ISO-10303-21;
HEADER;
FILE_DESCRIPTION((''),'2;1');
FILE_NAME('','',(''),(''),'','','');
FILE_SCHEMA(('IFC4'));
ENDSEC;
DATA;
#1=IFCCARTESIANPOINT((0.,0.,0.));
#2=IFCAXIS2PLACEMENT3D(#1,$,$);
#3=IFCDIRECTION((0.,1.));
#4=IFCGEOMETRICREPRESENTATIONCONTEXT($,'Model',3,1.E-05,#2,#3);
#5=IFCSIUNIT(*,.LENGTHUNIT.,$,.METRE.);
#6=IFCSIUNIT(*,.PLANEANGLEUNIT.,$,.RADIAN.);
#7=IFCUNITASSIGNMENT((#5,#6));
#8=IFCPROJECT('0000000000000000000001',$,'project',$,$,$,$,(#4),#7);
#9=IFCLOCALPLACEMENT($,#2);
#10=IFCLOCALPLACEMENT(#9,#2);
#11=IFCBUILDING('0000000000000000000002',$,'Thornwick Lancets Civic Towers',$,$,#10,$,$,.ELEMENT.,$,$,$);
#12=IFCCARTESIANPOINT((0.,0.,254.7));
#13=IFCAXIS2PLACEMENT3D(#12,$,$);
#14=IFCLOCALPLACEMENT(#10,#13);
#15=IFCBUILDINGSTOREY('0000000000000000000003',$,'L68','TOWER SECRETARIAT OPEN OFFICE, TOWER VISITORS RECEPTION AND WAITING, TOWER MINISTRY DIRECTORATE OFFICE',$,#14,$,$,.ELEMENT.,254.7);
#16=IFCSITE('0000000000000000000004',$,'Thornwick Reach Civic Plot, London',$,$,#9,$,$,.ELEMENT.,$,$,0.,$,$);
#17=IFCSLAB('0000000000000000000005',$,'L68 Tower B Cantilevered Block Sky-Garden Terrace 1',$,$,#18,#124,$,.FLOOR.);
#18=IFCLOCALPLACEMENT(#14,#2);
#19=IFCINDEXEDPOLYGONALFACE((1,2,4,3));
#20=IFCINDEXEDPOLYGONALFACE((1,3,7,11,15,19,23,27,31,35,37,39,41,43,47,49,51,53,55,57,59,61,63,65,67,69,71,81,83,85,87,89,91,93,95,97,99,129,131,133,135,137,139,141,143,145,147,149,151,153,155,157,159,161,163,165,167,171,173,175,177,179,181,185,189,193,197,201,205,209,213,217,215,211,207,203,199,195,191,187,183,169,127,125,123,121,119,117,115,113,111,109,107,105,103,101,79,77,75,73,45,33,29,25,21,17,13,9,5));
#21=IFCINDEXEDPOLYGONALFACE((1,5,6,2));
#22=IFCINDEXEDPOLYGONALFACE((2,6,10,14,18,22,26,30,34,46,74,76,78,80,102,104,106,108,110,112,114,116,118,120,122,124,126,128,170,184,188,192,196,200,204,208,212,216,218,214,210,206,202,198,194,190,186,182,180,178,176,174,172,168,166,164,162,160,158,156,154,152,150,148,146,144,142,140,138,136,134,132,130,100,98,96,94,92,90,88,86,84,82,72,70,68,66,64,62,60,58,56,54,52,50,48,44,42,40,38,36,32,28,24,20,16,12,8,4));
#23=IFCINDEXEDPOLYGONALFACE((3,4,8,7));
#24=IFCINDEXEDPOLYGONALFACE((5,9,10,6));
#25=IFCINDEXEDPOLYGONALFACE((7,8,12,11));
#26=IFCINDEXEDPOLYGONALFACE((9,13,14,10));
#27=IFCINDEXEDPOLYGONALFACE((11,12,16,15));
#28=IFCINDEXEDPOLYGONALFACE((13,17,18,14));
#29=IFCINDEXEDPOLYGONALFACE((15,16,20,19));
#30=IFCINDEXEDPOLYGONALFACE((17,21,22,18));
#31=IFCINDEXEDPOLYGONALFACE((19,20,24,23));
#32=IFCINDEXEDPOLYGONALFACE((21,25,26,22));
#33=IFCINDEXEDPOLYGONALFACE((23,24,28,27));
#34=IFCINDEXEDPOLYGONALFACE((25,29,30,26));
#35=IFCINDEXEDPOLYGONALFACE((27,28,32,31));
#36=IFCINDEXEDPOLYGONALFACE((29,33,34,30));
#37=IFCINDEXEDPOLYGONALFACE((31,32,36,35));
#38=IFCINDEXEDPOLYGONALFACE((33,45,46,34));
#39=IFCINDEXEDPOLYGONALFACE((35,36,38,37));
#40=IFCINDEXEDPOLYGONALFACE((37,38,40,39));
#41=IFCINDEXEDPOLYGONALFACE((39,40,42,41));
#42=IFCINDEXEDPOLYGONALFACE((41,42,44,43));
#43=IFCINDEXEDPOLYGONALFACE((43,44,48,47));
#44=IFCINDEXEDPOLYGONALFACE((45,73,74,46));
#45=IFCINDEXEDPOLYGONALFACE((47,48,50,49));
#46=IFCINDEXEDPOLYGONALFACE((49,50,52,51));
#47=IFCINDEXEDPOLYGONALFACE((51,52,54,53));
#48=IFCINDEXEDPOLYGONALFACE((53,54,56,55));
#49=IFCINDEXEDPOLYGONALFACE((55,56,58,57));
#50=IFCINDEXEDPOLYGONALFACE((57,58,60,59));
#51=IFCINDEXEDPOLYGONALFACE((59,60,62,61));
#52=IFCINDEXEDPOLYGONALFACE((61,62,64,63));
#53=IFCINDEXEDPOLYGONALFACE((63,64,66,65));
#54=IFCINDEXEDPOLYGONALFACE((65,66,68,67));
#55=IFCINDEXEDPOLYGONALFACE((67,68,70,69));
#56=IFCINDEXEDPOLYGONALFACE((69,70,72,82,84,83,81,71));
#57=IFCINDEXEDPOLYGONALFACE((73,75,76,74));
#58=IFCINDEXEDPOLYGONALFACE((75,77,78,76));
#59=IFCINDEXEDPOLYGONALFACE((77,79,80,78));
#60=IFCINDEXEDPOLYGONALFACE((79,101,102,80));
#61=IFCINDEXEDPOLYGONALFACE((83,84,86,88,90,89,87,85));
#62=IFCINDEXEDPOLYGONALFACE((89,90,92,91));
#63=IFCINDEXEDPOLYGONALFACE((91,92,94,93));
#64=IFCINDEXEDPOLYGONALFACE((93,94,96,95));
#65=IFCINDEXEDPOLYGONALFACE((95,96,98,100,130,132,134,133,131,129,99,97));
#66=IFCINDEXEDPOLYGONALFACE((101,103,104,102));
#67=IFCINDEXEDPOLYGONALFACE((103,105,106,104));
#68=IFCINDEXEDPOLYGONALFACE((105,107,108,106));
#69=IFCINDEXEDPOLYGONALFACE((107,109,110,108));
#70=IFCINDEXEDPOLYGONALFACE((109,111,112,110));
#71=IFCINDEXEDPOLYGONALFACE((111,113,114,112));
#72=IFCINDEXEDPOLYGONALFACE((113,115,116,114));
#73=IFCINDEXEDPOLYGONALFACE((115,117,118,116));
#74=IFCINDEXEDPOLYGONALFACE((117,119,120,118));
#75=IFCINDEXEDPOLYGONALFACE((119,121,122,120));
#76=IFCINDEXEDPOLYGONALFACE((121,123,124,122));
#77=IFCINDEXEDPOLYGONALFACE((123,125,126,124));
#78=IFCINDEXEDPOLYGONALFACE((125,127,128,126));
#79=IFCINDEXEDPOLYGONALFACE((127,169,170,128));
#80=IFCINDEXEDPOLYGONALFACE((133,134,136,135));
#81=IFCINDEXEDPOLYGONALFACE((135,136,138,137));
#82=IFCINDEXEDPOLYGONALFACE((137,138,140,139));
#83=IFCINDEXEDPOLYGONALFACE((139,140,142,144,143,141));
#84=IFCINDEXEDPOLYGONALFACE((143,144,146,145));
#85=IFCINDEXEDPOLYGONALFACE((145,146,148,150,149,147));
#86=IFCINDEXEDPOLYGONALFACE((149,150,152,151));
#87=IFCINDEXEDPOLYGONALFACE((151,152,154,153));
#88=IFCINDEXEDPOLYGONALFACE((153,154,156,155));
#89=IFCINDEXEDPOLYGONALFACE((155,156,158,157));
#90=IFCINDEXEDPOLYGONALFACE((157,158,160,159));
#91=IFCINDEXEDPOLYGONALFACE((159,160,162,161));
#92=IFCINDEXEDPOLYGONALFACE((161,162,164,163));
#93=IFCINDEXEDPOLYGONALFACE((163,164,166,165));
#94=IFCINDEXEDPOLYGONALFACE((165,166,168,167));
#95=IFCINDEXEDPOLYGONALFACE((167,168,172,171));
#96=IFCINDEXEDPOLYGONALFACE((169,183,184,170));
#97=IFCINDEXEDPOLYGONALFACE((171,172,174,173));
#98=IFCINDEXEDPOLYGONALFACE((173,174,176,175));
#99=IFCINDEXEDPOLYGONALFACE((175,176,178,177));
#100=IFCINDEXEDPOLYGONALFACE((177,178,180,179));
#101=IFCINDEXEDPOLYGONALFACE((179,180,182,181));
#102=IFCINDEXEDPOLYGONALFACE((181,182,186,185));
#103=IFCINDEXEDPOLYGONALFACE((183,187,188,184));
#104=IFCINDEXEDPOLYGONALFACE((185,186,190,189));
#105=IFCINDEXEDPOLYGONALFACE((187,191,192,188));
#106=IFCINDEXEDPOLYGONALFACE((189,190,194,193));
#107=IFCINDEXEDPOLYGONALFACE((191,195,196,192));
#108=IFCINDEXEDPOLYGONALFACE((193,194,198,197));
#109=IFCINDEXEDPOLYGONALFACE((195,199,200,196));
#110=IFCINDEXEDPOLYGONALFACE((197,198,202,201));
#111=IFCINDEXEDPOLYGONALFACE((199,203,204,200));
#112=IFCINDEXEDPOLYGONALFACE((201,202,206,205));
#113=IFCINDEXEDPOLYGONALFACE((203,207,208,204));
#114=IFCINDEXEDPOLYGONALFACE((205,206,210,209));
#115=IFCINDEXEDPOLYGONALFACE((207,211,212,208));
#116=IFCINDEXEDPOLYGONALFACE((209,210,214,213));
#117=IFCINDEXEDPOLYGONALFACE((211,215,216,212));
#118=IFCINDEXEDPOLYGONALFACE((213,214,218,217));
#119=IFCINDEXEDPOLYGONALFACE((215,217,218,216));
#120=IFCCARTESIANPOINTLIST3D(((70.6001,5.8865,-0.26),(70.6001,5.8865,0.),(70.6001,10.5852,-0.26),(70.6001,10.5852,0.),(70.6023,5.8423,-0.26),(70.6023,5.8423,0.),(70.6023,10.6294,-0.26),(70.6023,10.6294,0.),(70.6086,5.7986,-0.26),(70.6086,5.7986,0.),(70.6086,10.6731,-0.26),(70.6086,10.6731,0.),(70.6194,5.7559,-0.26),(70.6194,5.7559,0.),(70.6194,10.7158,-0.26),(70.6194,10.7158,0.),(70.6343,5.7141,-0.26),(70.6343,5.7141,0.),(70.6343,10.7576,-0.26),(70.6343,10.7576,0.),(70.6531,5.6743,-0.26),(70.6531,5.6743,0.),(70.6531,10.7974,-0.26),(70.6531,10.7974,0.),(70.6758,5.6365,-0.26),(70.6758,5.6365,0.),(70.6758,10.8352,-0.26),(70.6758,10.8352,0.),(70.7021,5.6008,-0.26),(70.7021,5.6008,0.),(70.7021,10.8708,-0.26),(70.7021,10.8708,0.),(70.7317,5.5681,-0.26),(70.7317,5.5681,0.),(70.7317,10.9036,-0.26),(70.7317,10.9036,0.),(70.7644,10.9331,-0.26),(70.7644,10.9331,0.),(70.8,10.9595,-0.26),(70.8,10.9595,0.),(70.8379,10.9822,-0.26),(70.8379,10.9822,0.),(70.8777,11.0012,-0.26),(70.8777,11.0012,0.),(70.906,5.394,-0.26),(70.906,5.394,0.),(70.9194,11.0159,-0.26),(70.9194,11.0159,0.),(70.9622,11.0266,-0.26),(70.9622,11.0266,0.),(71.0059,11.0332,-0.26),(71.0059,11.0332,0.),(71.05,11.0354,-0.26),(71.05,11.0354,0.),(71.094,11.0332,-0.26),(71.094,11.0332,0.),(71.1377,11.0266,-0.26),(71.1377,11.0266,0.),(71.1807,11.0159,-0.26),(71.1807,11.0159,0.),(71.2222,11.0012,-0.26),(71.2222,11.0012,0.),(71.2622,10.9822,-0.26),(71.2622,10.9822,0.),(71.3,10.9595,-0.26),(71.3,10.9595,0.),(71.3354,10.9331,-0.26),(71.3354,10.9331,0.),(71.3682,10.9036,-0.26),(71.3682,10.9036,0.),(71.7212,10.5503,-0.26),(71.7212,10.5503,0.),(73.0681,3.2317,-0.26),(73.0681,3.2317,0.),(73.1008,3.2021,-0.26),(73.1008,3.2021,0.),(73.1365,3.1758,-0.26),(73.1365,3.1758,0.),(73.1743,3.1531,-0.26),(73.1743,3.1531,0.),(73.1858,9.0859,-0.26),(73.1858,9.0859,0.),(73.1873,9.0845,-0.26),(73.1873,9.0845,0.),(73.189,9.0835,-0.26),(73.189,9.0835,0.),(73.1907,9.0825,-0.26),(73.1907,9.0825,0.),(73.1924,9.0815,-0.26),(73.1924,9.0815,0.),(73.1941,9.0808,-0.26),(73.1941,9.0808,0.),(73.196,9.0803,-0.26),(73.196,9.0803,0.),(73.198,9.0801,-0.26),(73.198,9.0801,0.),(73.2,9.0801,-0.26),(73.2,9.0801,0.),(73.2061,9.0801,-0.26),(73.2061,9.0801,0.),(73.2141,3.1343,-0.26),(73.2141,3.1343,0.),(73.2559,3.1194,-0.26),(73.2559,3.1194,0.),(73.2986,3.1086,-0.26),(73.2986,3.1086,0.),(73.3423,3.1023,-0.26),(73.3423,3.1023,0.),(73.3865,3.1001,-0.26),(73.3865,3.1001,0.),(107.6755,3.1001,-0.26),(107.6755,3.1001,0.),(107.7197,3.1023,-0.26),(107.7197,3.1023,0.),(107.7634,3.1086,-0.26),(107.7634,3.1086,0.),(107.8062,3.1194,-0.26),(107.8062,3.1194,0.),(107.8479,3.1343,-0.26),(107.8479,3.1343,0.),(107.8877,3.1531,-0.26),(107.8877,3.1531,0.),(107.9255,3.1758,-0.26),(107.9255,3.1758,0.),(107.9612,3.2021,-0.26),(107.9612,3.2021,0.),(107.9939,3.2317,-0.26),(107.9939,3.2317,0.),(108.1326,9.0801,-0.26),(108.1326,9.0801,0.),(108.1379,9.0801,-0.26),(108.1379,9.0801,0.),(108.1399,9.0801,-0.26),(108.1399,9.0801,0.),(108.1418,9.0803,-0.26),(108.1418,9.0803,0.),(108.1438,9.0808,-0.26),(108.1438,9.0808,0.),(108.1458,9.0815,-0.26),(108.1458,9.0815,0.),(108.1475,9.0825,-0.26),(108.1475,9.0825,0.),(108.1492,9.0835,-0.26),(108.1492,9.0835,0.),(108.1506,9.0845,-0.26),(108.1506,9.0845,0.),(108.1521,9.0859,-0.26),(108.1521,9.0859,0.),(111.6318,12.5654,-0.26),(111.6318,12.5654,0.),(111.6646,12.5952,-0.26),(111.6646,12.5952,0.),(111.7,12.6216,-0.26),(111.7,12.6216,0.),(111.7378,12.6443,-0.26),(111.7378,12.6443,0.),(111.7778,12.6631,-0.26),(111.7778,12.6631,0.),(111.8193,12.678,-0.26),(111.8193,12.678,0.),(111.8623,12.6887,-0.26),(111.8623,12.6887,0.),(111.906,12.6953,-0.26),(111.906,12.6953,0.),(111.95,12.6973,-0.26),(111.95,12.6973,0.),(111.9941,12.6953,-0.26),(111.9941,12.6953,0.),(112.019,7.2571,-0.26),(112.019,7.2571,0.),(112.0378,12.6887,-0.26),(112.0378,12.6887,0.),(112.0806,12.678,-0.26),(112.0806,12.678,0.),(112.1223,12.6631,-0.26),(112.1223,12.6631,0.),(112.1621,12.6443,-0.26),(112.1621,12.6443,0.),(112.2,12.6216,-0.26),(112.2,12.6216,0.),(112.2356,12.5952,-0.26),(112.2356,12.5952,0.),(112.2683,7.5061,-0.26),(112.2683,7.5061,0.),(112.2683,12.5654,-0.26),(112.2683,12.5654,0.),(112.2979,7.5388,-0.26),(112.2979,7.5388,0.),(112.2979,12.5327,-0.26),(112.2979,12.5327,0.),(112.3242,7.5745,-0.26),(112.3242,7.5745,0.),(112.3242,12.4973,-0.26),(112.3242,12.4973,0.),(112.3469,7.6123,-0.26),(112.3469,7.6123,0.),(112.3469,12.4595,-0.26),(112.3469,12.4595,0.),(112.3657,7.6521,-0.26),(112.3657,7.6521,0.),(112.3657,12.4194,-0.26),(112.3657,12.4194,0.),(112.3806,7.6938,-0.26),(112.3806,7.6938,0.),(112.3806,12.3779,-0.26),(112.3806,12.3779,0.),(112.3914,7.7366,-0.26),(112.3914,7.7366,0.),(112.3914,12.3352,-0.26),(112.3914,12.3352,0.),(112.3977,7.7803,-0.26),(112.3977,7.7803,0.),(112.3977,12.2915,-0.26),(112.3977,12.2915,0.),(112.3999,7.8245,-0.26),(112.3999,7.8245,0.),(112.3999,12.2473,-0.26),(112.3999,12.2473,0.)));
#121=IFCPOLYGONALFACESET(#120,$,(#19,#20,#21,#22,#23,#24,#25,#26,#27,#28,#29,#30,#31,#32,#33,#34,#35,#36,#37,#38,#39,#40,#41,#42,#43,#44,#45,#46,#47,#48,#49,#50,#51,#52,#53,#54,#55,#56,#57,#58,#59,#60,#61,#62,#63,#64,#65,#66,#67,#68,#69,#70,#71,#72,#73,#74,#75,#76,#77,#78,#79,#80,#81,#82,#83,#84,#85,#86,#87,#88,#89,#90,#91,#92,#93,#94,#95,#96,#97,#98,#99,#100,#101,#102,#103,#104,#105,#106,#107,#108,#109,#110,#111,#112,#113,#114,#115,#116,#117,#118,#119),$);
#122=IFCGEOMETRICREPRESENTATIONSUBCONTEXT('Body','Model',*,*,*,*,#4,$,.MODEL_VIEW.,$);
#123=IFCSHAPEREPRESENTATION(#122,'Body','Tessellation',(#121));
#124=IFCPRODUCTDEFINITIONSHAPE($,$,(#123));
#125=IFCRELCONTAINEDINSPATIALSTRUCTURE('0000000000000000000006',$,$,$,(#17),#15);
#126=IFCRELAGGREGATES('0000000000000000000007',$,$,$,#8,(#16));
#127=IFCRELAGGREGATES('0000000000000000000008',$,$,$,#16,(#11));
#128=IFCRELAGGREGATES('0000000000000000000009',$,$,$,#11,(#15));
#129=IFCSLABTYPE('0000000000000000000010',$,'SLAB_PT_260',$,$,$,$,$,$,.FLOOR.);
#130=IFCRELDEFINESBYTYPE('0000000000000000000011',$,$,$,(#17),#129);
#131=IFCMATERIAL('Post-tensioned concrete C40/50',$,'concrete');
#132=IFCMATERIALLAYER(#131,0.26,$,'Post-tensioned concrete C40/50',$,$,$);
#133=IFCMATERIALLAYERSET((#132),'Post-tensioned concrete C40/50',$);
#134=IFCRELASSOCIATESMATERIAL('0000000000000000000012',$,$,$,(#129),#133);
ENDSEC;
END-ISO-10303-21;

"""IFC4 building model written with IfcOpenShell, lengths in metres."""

from ifc_helpers import new_model, si_unit, direction, frame, origin, place, context, subcontext, project, spatial, polyline, outline, extrude, material, layer, layer_set, type_object, element, save


model = new_model("IFC4")

# Units and contexts
model_context = context("Model", 3, precision=1e-05, world=origin(), true_north=direction((0.0, 1.0)))
body_context = subcontext(model_context, "Body", "Model", "MODEL_VIEW")
ifc_project = project(units=[si_unit("LENGTHUNIT", "METRE"), si_unit("PLANEANGLEUNIT", "RADIAN")], contexts=[model_context])

# Site, building, storey
site_placement = place(None, origin())
site = spatial("IfcSite", under=ifc_project, at=site_placement, Name="Thornwick Reach Civic Plot, London", CompositionType="ELEMENT", RefElevation=0.0)
building_placement = place(site_placement, origin())
building = spatial("IfcBuilding", under=site, at=building_placement, Name="Thornwick Lancets Civic Towers", CompositionType="ELEMENT")
storey_placement = place(building_placement, frame((0.0, 0.0, 254.7)))
storey = spatial("IfcBuildingStorey", under=building, at=storey_placement, Name="L68", Description="TOWER SECRETARIAT OPEN OFFICE, TOWER VISITORS RECEPTION AND WAITING, TOWER MINISTRY DIRECTORATE OFFICE", CompositionType="ELEMENT", Elevation=254.7)

# Slab
ifc_material_1 = material(Name="Post-tensioned concrete C40/50", Category="concrete")
ifc_layer_1 = layer(ifc_material_1, 0.26, Name="Post-tensioned concrete C40/50")
ifc_layer_set_1 = layer_set([ifc_layer_1], Name="Post-tensioned concrete C40/50")
slab_type_1 = type_object("IfcSlabType", Name="SLAB_PT_260", PredefinedType="FLOOR", material=ifc_layer_set_1)
slab_1_placement = place(storey_placement, frame((0.0, 0.0, -0.26)))
element("IfcSlab", 1, at=slab_1_placement, inside=storey, type_object=slab_type_1, Name="L68 Tower B Cantilevered Block Sky-Garden Terrace 1", PredefinedType="FLOOR", context=body_context, shape_type="SweptSolid", body=[
    extrude(outline(polyline([(112.3977, 7.7803), (112.3914, 7.7366), (112.3806, 7.6938), (112.3657, 7.6521), (112.3469, 7.6123), (112.3242, 7.5745), (112.2979, 7.5388), (112.2683, 7.5061), (112.019, 7.2571), (107.9939, 3.2317), (107.9612, 3.2021), (107.9255, 3.1758), (107.8877, 3.1531), (107.8479, 3.1343), (107.8062, 3.1194), (107.7634, 3.1086), (107.7197, 3.1023), (107.6755, 3.1001), (73.3865, 3.1001), (73.3423, 3.1023), (73.2986, 3.1086), (73.2559, 3.1194), (73.2141, 3.1343), (73.1743, 3.1531), (73.1365, 3.1758), (73.1008, 3.2021), (73.0681, 3.2317), (70.906, 5.394), (70.7317, 5.5681), (70.7021, 5.6008), (70.6758, 5.6365), (70.6531, 5.6743), (70.6343, 5.7141), (70.6194, 5.7559), (70.6086, 5.7986), (70.6023, 5.8423), (70.6001, 5.8865), (70.6001, 10.5852), (70.6023, 10.6294), (70.6086, 10.6731), (70.6194, 10.7158), (70.6343, 10.7576), (70.6531, 10.7974), (70.6758, 10.8352), (70.7021, 10.8708), (70.7317, 10.9036), (70.7644, 10.9331), (70.8, 10.9595), (70.8379, 10.9822), (70.8777, 11.0012), (70.9194, 11.0159), (70.9622, 11.0266), (71.0059, 11.0332), (71.05, 11.0354), (71.094, 11.0332), (71.1377, 11.0266), (71.1807, 11.0159), (71.2222, 11.0012), (71.2622, 10.9822), (71.3, 10.9595), (71.3354, 10.9331), (71.3682, 10.9036), (71.7212, 10.5503), (73.1858, 9.0859), (73.1873, 9.0845), (73.189, 9.0835), (73.1907, 9.0825), (73.1924, 9.0815), (73.1941, 9.0808), (73.196, 9.0803), (73.198, 9.0801), (73.2, 9.0801), (73.2061, 9.0801), (108.1326, 9.0801), (108.1379, 9.0801), (108.1399, 9.0801), (108.1418, 9.0803), (108.1438, 9.0808), (108.1458, 9.0815), (108.1475, 9.0825), (108.1492, 9.0835), (108.1506, 9.0845), (108.1521, 9.0859), (111.6318, 12.5654), (111.6646, 12.5952), (111.7, 12.6216), (111.7378, 12.6443), (111.7778, 12.6631), (111.8193, 12.678), (111.8623, 12.6887), (111.906, 12.6953), (111.95, 12.6973), (111.9941, 12.6953), (112.0378, 12.6887), (112.0806, 12.678), (112.1223, 12.6631), (112.1621, 12.6443), (112.2, 12.6216), (112.2356, 12.5952), (112.2683, 12.5654), (112.2979, 12.5327), (112.3242, 12.4973), (112.3469, 12.4595), (112.3657, 12.4194), (112.3806, 12.3779), (112.3914, 12.3352), (112.3977, 12.2915), (112.3999, 12.2473), (112.3999, 7.8245), (112.3977, 7.7803)])), origin(), (0.0, 0.0, 1.0), 0.26),
])

save(model, "model.ifc")
